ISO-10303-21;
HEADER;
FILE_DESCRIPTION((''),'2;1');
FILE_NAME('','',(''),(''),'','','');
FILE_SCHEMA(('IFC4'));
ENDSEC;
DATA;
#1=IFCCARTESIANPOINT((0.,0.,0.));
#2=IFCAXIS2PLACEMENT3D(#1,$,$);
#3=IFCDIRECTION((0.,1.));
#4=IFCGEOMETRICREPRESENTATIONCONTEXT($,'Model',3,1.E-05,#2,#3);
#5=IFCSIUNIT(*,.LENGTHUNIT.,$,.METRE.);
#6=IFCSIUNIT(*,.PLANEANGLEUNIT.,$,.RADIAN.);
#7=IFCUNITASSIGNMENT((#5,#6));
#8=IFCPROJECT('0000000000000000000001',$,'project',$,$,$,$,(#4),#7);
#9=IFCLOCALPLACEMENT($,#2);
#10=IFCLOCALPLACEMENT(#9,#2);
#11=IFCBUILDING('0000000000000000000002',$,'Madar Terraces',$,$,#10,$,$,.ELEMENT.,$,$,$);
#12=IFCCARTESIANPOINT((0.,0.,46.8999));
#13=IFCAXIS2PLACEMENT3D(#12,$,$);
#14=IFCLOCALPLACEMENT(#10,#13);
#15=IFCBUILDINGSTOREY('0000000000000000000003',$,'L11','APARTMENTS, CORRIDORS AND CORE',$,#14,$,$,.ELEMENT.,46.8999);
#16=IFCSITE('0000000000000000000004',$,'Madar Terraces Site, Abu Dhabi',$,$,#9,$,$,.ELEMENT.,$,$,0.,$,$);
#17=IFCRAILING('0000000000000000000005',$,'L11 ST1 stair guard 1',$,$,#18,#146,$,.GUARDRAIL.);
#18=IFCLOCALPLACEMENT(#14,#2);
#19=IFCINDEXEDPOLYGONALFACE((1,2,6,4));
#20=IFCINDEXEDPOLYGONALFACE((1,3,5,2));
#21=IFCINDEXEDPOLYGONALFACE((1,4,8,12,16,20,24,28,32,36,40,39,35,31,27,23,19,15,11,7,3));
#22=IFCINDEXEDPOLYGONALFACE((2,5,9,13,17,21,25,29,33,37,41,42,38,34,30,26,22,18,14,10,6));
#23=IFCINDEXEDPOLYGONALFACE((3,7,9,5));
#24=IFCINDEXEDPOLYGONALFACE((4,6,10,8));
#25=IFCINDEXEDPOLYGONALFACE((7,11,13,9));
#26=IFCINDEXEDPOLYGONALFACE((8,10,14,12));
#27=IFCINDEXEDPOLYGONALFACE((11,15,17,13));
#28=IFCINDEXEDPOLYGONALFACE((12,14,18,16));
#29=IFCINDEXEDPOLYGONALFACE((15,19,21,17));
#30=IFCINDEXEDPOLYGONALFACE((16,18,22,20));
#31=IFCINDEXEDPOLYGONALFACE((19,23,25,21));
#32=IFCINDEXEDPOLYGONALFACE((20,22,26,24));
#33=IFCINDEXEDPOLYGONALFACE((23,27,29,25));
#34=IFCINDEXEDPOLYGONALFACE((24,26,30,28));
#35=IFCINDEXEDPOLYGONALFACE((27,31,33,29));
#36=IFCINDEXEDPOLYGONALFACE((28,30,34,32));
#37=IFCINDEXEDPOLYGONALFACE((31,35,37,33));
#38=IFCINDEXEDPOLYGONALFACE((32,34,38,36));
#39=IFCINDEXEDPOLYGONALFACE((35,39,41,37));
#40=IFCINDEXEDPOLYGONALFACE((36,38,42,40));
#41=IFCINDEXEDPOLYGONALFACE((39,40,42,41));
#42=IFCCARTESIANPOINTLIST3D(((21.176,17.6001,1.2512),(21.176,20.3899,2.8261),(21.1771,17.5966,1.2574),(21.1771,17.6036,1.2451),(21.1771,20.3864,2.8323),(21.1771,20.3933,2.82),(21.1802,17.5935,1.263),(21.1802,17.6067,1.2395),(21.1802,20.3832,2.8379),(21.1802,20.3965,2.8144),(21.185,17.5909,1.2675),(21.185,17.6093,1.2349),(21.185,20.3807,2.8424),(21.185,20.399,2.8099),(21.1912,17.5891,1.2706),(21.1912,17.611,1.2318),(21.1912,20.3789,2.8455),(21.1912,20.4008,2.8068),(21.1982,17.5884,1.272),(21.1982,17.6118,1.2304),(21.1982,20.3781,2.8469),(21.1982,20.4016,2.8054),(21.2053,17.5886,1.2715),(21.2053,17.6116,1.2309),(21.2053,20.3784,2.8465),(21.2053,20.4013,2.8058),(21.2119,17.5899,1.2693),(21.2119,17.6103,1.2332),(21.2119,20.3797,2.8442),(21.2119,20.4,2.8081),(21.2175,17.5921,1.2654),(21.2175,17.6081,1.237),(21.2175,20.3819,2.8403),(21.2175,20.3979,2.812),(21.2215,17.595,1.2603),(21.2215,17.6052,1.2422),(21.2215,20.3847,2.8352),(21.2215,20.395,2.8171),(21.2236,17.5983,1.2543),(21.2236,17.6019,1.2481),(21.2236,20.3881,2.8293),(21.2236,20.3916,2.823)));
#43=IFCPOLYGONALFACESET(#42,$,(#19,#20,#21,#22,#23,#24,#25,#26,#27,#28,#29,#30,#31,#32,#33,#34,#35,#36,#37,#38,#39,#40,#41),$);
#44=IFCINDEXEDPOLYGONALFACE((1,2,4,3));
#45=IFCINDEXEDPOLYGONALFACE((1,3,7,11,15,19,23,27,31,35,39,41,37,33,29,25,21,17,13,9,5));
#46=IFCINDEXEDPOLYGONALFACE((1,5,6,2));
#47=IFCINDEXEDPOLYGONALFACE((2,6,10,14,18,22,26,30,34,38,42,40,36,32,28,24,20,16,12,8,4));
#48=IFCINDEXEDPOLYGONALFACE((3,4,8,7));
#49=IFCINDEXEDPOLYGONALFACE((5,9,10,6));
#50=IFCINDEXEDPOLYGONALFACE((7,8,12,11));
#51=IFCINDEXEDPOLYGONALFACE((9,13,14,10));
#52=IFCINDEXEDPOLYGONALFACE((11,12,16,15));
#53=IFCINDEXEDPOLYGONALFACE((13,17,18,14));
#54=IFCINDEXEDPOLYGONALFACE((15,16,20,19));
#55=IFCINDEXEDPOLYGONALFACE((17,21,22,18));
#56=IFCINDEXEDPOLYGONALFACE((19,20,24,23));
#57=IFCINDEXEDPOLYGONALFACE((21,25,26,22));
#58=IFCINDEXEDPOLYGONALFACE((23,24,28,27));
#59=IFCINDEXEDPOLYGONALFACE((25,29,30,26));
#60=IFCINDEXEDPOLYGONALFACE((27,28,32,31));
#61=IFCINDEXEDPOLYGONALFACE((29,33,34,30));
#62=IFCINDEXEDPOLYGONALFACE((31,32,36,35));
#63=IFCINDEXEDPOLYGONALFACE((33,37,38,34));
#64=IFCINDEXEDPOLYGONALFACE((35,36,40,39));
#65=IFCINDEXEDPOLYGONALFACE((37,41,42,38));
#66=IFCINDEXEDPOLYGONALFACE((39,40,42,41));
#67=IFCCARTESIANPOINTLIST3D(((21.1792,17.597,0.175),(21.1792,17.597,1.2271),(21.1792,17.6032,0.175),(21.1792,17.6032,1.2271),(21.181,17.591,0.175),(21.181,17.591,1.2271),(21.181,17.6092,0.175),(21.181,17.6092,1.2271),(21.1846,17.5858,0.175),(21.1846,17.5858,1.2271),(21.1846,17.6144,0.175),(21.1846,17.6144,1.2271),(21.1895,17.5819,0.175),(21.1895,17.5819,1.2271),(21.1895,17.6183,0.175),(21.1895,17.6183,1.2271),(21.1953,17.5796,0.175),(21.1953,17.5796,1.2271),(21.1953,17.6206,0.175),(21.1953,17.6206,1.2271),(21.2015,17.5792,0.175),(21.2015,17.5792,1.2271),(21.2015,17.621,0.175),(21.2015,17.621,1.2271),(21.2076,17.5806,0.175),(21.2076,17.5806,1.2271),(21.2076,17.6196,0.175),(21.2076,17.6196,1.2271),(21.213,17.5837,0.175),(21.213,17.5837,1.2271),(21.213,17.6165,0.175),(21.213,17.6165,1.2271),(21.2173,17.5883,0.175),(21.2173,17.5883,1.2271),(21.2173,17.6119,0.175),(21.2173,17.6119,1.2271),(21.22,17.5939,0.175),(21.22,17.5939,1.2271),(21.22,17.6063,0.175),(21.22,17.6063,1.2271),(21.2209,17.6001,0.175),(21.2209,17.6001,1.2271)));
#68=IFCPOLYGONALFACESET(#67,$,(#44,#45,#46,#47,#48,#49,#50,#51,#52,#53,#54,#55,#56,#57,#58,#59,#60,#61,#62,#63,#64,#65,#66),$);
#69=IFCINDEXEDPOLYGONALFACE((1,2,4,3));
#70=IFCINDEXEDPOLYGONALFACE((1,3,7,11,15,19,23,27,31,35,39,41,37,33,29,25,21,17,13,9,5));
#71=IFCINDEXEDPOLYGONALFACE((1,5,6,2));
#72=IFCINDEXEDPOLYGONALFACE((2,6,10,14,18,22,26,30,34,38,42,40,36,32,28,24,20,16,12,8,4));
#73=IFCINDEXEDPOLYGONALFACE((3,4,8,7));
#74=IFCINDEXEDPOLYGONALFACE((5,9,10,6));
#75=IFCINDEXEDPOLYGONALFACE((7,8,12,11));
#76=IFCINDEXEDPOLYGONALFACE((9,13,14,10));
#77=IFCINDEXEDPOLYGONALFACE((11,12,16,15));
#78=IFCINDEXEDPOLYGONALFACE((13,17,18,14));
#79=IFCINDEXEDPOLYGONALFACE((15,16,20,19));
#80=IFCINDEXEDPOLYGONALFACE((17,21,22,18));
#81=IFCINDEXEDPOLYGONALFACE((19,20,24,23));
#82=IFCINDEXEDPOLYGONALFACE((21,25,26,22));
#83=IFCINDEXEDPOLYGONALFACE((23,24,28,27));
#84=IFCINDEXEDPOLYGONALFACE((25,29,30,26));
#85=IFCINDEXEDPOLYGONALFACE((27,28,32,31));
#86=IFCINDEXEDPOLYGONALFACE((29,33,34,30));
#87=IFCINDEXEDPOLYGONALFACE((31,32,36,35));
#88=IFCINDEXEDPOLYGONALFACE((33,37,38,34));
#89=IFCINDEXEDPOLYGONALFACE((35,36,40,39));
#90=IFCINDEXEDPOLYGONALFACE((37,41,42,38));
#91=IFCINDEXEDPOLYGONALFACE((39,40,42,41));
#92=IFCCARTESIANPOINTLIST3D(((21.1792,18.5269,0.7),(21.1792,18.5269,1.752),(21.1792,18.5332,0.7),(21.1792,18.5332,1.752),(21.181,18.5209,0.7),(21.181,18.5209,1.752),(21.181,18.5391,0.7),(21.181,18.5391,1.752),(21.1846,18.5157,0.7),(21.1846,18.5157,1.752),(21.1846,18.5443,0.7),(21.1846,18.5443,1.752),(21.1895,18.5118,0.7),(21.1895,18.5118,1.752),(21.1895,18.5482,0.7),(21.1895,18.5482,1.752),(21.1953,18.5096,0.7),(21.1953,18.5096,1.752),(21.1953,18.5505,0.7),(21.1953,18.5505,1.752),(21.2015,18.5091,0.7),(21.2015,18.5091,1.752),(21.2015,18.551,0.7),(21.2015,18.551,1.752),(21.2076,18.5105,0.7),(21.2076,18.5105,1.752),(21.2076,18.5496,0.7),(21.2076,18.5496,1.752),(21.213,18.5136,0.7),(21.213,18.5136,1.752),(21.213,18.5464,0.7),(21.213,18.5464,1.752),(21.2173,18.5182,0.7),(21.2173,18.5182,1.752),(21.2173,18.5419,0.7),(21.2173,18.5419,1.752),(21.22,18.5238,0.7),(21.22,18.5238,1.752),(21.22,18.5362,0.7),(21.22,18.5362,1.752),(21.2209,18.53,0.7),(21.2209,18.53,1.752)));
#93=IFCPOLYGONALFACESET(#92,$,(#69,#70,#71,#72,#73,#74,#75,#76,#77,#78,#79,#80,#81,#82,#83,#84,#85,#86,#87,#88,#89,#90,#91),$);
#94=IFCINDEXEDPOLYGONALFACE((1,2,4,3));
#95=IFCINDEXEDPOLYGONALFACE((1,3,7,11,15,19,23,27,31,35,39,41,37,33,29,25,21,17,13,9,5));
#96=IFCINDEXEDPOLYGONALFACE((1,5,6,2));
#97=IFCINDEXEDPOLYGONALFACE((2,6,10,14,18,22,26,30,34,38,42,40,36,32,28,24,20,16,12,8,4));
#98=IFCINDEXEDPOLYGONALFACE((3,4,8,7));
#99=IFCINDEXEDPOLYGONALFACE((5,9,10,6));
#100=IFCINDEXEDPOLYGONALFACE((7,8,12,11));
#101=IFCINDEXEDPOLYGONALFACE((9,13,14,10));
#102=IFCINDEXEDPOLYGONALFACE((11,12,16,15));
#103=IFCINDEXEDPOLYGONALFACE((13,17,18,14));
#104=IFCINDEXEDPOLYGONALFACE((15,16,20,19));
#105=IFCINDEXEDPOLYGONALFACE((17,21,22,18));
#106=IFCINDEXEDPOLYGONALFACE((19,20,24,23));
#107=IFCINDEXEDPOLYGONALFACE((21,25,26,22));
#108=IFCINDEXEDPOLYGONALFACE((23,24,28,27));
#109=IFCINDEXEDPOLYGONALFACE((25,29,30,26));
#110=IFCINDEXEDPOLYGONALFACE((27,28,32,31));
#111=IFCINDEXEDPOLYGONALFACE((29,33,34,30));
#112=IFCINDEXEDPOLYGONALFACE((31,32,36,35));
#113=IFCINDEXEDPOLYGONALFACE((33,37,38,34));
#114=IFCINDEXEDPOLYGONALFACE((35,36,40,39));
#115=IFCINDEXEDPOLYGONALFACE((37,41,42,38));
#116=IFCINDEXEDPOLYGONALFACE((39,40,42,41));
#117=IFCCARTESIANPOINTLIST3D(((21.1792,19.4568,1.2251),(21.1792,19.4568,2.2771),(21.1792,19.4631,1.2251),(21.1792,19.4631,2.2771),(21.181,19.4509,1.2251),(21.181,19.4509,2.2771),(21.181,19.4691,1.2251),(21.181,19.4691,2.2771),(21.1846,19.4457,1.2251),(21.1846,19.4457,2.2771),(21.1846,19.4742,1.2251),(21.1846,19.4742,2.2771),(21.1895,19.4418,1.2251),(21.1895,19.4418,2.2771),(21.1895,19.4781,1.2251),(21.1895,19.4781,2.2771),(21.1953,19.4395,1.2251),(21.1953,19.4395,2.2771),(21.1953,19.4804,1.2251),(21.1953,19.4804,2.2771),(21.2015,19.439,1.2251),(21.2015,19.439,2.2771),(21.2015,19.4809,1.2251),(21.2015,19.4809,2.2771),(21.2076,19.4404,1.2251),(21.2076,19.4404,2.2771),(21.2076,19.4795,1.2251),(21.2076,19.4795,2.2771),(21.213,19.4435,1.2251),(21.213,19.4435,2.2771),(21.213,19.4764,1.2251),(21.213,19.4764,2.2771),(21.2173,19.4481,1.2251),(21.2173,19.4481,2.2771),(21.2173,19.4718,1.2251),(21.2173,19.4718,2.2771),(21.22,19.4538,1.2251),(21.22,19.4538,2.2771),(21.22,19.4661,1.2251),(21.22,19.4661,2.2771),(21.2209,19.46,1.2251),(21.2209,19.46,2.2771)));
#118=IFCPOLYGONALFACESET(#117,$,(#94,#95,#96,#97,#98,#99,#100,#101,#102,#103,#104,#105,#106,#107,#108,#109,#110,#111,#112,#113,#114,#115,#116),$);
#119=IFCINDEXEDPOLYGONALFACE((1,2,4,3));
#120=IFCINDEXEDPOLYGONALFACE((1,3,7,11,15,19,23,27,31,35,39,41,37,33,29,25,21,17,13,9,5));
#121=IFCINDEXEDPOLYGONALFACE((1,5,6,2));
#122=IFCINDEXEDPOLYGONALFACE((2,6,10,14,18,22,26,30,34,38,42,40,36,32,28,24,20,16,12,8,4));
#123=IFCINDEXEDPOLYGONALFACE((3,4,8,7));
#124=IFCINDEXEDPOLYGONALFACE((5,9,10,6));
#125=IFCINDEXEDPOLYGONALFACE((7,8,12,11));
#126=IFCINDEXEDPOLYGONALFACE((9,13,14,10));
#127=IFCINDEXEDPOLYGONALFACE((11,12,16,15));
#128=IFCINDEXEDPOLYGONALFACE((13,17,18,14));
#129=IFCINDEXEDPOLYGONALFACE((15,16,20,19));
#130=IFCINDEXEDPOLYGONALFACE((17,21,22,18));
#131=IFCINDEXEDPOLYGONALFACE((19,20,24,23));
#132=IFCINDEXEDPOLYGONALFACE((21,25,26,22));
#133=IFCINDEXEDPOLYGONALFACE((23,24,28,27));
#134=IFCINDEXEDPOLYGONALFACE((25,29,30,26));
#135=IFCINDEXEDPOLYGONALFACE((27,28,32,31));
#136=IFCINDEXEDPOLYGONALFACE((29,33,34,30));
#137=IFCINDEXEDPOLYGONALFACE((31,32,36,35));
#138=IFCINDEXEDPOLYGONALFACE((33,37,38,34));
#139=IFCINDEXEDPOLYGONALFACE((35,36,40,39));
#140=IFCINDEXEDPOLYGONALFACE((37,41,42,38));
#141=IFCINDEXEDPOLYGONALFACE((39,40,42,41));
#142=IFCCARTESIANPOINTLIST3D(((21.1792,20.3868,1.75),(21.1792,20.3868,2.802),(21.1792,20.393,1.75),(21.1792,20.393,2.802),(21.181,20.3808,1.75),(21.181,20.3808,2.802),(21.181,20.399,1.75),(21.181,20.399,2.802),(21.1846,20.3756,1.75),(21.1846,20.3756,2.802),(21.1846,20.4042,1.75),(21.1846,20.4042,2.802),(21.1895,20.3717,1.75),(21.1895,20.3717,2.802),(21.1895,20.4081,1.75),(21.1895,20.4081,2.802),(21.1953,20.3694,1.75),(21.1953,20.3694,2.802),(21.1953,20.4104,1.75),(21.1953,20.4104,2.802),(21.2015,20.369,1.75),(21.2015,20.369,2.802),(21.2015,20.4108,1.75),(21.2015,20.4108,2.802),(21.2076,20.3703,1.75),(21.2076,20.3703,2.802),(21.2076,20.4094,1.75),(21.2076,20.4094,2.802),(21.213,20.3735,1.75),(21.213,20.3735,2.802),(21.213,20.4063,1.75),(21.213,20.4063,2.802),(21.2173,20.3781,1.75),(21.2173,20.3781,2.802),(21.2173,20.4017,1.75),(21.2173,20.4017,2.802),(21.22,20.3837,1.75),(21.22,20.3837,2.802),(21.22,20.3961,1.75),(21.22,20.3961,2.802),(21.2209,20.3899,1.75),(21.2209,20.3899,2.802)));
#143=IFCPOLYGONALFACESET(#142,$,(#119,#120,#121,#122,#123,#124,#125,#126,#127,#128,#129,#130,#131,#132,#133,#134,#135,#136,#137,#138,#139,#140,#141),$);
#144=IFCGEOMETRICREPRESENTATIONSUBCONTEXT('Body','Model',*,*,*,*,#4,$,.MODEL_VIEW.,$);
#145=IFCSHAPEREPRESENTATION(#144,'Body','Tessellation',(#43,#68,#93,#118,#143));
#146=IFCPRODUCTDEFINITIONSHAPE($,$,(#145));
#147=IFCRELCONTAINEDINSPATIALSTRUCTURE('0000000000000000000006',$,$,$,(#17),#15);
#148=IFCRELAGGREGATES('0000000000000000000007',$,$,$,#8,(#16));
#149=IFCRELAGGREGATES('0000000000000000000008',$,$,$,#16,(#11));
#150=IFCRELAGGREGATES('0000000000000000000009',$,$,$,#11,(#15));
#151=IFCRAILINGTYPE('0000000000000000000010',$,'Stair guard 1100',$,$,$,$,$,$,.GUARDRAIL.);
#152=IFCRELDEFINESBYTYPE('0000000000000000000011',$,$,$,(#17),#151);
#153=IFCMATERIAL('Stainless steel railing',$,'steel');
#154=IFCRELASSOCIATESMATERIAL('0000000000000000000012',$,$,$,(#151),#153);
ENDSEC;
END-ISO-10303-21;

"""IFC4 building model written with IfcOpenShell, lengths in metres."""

from ifc_helpers import new_model, si_unit, direction, frame, origin, origin_2d, place, context, subcontext, project, spatial, circle, extrude, material, type_object, element, save


model = new_model("IFC4")

# Units and contexts
model_context = context("Model", 3, precision=1e-05, world=origin(), true_north=direction((0.0, 1.0)))
body_context = subcontext(model_context, "Body", "Model", "MODEL_VIEW")
ifc_project = project(units=[si_unit("LENGTHUNIT", "METRE"), si_unit("PLANEANGLEUNIT", "RADIAN")], contexts=[model_context])

# Site, building, storey
site_placement = place(None, origin())
site = spatial("IfcSite", under=ifc_project, at=site_placement, Name="Madar Terraces Site, Abu Dhabi", CompositionType="ELEMENT", RefElevation=0.0)
building_placement = place(site_placement, origin())
building = spatial("IfcBuilding", under=site, at=building_placement, Name="Madar Terraces", CompositionType="ELEMENT")
storey_placement = place(building_placement, frame((0.0, 0.0, 46.8999)))
storey = spatial("IfcBuildingStorey", under=building, at=storey_placement, Name="L11", Description="APARTMENTS, CORRIDORS AND CORE", CompositionType="ELEMENT", Elevation=46.8999)

# Railing
ifc_material_1 = material(Name="Stainless steel railing", Category="steel")
railing_type_1 = type_object("IfcRailingType", Name="Stair guard 1100", PredefinedType="GUARDRAIL", material=ifc_material_1)
railing_1_placement = place(storey_placement, frame((21.2, 17.6001, 0.175)))
element("IfcRailing", 1, at=railing_1_placement, inside=storey, type_object=railing_type_1, Name="L11 ST1 stair guard 1", PredefinedType="GUARDRAIL", context=body_context, shape_type="SweptSolid", body=[
    extrude(circle(Radius=0.0239, at=origin_2d()), frame((0.0, 0.0, 1.0762), z_axis=(0.0, 0.870815, 0.49161), x_axis=(-1.0, 0.0, 0.0)), (0.0, 0.0, 1.0), 3.2036),
    extrude(circle(Radius=0.021, at=origin_2d()), origin(), (0.0, 0.0, 1.0), 1.052),
    extrude(circle(Radius=0.021, at=origin_2d()), frame((0.0, 0.9299, 0.5249)), (0.0, 0.0, 1.0), 1.052),
    extrude(circle(Radius=0.021, at=origin_2d()), frame((0.0, 1.8599, 1.05)), (0.0, 0.0, 1.0), 1.052),
    extrude(circle(Radius=0.021, at=origin_2d()), frame((0.0, 2.7898, 1.575)), (0.0, 0.0, 1.0), 1.052),
])

save(model, "model.ifc")
